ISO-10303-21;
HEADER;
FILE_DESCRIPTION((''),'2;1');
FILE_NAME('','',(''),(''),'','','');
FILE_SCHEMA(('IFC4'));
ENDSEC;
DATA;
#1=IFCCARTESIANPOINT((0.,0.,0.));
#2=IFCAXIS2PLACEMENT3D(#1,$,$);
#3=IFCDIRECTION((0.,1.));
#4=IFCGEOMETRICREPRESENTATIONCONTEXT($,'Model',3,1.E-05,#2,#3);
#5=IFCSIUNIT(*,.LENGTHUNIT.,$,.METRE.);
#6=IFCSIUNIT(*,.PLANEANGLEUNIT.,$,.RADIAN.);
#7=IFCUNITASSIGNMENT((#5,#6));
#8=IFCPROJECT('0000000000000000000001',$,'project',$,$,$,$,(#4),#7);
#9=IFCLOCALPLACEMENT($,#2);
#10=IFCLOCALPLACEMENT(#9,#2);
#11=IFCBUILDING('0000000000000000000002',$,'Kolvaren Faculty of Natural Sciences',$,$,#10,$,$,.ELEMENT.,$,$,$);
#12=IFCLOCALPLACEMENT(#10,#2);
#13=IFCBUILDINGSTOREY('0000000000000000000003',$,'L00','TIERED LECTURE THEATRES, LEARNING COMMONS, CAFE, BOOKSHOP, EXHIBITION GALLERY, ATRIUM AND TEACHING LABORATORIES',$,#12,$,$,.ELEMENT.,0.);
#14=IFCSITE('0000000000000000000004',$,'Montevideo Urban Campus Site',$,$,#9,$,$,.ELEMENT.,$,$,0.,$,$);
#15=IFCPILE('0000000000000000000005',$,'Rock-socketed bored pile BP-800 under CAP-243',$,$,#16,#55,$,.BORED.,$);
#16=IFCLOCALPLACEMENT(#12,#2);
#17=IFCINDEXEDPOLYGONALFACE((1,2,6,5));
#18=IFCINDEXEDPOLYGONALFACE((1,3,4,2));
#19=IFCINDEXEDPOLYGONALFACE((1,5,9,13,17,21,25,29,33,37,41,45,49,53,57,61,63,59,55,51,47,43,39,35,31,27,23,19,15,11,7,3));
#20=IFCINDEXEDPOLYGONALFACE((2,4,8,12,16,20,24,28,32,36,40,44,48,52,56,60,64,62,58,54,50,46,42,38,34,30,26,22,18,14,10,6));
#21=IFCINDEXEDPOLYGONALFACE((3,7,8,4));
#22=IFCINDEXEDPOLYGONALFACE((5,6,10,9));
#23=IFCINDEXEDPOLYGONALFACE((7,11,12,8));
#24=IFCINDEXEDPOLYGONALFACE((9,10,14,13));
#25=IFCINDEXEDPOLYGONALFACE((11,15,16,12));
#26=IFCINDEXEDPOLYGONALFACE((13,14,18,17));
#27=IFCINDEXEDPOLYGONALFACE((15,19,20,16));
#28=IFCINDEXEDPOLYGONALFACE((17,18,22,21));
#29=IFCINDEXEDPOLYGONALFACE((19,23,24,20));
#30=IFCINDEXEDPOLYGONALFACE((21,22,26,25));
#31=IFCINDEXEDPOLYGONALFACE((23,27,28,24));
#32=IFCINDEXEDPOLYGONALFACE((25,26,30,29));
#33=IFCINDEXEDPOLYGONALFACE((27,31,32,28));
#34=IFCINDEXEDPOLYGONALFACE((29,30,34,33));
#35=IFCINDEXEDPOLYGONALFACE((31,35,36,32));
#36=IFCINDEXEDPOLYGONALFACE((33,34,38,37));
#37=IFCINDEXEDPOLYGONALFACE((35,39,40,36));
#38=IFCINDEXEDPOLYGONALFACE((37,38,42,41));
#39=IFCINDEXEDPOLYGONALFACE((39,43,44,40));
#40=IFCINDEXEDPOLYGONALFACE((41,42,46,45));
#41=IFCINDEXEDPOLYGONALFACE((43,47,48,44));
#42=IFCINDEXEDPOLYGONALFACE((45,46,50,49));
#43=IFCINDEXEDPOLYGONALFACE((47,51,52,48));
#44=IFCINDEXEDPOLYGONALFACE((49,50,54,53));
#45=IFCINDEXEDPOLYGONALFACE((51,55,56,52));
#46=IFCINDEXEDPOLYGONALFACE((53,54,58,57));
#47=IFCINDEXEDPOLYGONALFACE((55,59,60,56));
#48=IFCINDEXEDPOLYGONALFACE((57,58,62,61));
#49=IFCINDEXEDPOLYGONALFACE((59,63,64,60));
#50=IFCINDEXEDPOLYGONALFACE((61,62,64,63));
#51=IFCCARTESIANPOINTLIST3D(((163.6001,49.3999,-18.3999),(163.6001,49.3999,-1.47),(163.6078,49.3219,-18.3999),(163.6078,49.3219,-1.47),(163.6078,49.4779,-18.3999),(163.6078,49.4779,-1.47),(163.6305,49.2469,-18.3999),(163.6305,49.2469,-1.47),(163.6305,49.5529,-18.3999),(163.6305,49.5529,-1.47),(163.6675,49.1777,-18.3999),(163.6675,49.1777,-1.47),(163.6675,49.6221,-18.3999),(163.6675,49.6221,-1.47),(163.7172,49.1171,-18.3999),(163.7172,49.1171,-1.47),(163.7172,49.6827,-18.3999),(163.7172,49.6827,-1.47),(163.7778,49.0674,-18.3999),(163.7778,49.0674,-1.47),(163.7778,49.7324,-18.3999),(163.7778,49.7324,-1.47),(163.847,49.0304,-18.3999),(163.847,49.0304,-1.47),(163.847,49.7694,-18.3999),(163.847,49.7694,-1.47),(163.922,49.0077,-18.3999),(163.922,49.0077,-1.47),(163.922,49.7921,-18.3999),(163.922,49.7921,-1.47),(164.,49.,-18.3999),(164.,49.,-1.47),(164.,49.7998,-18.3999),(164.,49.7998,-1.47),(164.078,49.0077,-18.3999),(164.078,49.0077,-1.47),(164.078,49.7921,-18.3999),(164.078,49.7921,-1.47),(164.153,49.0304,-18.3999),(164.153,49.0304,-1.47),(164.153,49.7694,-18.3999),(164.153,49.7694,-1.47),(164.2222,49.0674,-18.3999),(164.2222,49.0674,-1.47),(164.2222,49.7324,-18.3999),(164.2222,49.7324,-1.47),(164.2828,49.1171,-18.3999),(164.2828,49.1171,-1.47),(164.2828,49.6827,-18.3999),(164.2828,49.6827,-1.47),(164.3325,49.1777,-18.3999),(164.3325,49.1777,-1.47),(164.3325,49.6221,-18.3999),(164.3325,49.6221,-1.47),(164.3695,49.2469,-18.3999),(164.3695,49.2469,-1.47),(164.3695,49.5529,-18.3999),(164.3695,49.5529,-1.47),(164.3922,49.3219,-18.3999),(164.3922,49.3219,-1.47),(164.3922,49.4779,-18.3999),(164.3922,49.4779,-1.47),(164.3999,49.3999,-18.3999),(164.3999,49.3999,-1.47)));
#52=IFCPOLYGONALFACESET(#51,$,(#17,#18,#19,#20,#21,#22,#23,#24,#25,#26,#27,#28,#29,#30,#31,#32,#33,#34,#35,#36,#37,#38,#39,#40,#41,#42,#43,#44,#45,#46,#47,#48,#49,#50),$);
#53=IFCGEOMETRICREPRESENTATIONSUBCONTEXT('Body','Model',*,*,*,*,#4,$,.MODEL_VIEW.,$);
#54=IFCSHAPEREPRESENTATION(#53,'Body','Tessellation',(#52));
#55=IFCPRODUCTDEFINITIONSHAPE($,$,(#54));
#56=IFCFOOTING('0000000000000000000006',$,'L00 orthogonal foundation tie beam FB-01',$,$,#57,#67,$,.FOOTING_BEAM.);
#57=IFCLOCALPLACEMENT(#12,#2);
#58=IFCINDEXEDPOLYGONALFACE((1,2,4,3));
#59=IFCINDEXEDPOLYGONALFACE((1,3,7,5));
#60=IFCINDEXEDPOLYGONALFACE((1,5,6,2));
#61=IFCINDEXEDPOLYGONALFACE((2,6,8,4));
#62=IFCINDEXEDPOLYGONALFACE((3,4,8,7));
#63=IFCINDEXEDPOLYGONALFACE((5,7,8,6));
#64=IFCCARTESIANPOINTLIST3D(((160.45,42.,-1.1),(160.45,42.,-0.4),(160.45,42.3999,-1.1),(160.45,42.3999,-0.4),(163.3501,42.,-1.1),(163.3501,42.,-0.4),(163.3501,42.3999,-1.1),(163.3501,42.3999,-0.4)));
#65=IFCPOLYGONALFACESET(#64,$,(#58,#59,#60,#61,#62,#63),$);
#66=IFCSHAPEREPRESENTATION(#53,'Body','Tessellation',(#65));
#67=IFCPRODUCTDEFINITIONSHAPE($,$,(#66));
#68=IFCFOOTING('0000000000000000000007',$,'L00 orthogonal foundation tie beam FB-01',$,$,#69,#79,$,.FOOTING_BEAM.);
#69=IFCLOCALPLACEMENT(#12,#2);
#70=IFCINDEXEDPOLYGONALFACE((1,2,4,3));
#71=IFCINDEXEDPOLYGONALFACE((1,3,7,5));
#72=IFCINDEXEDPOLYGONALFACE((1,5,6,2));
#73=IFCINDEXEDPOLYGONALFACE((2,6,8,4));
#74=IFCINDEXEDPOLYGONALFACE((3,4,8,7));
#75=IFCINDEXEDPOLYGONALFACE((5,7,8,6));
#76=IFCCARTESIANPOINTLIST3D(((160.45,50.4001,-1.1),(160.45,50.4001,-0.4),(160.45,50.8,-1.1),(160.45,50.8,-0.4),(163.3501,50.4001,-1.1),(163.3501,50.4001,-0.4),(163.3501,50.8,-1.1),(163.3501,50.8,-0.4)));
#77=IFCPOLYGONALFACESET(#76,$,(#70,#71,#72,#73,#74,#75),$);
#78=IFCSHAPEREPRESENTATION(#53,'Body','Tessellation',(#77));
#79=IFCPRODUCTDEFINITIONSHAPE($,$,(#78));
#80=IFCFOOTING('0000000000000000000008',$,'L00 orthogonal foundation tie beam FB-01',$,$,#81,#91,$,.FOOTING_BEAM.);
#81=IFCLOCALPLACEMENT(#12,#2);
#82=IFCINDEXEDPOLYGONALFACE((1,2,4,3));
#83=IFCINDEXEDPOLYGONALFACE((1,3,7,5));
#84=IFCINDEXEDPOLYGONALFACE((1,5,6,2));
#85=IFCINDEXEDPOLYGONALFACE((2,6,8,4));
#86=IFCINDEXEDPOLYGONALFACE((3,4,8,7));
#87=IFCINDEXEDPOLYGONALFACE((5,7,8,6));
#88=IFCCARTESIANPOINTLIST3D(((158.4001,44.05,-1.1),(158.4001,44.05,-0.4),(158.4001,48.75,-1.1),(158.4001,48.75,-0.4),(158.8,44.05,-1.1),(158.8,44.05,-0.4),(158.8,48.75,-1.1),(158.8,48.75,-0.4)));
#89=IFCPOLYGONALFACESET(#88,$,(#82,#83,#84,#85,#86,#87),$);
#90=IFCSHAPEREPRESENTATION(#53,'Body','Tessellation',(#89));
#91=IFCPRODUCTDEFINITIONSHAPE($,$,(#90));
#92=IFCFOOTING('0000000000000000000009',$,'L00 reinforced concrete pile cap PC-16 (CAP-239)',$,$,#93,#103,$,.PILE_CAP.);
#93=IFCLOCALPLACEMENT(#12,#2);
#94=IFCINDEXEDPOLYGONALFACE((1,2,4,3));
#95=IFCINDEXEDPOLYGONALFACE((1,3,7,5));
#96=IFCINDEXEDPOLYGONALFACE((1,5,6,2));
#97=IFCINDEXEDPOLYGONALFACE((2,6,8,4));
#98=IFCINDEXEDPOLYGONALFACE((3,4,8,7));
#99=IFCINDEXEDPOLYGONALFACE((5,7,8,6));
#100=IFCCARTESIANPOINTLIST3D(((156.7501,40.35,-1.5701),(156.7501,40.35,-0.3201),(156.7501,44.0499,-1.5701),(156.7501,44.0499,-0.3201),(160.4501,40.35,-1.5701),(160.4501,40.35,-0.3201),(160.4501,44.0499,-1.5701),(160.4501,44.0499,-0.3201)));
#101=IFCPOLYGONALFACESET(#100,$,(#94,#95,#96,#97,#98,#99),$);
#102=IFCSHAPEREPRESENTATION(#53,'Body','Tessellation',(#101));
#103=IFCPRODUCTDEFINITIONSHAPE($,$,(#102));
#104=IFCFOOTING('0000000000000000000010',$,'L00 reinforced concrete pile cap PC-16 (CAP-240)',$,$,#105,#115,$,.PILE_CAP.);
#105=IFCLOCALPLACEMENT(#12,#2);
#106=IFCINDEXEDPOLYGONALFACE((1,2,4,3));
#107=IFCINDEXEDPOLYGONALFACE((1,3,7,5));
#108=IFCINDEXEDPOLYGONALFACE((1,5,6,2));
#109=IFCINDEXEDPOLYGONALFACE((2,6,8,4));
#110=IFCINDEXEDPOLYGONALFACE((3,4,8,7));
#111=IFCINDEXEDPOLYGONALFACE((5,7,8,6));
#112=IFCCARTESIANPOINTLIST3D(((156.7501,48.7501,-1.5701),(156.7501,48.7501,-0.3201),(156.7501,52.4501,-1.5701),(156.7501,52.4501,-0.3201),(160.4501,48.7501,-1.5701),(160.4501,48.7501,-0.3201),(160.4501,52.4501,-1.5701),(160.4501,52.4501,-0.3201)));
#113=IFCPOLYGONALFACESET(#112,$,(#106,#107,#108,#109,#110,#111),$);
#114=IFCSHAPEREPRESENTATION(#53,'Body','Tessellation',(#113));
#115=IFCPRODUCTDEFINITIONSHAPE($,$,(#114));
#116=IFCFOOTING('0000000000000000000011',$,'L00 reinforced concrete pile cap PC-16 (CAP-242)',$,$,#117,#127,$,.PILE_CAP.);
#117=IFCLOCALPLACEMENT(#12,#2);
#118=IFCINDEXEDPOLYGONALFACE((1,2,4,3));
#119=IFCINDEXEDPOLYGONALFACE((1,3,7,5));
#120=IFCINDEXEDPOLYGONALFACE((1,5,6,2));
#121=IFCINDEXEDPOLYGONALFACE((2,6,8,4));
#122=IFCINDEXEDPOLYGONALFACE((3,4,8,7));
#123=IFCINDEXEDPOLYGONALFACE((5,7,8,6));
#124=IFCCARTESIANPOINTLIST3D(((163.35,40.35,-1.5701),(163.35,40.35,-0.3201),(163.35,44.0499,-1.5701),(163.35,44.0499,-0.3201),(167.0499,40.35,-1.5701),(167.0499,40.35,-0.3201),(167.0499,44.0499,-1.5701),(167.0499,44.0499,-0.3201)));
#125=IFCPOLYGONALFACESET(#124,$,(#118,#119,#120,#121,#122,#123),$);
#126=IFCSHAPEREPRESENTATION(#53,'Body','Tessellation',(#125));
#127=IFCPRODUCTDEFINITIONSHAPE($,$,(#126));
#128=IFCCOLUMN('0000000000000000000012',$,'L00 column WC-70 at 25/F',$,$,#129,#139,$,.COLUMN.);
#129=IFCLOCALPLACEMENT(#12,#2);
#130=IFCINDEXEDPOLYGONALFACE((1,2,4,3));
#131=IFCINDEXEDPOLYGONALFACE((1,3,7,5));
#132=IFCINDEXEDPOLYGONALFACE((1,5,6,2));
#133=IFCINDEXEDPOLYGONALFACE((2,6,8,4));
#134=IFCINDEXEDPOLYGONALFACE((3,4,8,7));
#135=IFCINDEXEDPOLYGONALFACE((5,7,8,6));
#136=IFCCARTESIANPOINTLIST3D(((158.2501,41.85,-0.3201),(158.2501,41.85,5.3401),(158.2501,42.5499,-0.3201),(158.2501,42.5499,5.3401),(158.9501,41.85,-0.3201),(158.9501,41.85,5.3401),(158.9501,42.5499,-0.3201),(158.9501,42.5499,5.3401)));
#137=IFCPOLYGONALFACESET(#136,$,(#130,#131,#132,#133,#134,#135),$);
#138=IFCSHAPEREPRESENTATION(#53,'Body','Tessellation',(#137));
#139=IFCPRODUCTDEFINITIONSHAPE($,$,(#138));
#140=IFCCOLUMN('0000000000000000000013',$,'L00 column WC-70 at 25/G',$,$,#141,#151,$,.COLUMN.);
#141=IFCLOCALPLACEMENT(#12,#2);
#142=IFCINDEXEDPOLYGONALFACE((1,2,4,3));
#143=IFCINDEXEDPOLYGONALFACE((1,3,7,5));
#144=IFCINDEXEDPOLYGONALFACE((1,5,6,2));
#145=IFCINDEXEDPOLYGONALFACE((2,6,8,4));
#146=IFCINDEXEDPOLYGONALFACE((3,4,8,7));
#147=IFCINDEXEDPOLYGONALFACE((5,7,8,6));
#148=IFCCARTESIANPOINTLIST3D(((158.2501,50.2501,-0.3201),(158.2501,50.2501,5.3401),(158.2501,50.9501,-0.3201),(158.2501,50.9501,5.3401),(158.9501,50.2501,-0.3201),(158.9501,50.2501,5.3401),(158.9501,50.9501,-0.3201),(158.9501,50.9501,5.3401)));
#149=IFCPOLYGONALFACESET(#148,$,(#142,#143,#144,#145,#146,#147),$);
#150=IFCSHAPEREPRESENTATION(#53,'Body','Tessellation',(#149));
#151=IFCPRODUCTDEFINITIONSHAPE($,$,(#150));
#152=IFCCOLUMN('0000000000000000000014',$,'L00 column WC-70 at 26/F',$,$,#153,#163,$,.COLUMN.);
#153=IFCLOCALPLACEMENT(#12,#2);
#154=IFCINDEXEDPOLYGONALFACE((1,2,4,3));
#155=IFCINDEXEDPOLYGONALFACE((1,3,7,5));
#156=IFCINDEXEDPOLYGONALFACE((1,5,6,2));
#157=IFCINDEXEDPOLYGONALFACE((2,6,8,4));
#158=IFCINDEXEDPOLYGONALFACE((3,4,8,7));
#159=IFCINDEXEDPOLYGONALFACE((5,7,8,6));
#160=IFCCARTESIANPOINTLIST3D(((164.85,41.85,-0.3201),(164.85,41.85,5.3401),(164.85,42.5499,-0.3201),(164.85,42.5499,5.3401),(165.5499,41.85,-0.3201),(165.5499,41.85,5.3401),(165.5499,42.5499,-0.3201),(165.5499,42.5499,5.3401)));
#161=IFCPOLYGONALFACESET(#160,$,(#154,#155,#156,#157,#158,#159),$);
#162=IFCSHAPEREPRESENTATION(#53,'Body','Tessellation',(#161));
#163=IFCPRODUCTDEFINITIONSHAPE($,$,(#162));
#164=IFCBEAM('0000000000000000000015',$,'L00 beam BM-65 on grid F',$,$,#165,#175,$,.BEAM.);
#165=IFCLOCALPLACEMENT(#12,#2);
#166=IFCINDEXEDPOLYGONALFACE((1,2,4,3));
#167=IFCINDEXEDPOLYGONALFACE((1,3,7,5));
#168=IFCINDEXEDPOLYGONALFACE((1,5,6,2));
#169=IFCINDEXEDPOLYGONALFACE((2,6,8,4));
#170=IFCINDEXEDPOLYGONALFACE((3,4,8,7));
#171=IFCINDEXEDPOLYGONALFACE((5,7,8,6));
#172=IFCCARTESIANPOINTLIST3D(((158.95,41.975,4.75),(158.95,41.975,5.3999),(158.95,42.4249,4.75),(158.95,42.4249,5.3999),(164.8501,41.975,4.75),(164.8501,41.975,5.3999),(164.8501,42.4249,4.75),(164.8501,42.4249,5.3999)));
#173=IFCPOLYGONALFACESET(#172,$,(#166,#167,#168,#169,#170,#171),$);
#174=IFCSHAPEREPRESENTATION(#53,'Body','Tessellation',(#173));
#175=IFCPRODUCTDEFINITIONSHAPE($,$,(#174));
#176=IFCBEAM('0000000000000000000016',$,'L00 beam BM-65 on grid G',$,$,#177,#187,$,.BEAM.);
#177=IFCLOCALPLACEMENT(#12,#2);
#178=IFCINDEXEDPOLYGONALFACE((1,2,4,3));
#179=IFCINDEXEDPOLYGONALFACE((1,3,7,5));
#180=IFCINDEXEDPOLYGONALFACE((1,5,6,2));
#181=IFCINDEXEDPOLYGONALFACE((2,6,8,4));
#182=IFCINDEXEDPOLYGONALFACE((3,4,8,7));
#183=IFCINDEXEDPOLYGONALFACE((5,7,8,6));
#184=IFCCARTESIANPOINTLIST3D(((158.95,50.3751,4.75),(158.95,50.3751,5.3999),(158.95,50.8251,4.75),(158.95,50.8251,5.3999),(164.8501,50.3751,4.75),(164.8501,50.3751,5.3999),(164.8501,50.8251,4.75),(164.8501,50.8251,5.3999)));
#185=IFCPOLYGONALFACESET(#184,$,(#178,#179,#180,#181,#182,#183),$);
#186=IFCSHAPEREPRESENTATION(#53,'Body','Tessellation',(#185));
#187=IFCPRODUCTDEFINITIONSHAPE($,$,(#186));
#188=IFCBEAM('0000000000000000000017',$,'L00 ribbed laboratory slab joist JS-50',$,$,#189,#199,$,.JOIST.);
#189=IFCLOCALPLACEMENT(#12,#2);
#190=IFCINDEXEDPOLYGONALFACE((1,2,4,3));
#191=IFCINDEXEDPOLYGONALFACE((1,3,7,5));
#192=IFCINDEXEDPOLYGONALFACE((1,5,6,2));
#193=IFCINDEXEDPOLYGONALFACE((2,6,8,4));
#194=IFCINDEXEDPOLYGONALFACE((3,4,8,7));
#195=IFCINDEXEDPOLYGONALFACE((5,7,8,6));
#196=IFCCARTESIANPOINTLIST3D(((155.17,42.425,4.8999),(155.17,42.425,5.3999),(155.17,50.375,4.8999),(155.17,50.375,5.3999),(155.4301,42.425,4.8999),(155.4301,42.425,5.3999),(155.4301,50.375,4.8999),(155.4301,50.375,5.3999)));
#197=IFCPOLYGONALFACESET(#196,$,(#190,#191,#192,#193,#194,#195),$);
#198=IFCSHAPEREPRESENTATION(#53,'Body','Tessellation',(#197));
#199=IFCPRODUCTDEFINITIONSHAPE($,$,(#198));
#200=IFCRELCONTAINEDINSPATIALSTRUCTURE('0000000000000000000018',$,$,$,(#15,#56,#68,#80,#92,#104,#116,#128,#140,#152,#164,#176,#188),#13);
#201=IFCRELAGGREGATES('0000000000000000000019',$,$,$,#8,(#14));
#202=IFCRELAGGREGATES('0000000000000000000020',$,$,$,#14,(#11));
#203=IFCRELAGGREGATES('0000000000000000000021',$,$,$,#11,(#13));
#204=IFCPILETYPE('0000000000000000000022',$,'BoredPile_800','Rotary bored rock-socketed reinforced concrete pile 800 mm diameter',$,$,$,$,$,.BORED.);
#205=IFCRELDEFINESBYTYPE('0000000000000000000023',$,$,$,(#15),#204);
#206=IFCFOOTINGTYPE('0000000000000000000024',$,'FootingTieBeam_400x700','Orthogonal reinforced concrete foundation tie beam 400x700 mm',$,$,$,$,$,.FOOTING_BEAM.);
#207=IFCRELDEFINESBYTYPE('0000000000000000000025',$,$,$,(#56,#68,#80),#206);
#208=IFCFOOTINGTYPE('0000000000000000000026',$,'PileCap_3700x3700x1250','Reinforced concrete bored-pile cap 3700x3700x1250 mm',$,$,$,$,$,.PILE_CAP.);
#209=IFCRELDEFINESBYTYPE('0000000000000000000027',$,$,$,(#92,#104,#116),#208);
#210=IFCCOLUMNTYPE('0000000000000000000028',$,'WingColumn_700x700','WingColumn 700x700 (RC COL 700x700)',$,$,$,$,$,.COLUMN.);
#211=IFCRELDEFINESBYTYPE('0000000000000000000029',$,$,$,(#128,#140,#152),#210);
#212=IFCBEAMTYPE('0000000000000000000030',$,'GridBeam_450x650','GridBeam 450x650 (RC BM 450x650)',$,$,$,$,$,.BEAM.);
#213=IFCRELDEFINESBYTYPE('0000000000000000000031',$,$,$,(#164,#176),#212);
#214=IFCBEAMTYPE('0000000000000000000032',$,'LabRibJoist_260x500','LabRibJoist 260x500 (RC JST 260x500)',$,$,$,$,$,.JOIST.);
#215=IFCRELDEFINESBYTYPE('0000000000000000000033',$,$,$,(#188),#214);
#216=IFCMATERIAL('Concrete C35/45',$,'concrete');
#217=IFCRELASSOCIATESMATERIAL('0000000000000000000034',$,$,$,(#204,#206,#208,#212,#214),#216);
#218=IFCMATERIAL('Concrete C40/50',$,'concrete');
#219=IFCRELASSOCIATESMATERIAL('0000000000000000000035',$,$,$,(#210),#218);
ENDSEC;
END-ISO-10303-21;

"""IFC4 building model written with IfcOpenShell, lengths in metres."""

from ifc_helpers import new_model, si_unit, direction, frame, origin, origin_2d, place, context, subcontext, project, spatial, rectangle, circle, extrude, material, material_profile, profile_set, type_object, element, save


model = new_model("IFC4")

# Units and contexts
model_context = context("Model", 3, precision=1e-05, world=origin(), true_north=direction((0.0, 1.0)))
body_context = subcontext(model_context, "Body", "Model", "MODEL_VIEW")
ifc_project = project(units=[si_unit("LENGTHUNIT", "METRE"), si_unit("PLANEANGLEUNIT", "RADIAN")], contexts=[model_context])

# Site, building, storey
site_placement = place(None, origin())
site = spatial("IfcSite", under=ifc_project, at=site_placement, Name="Montevideo Urban Campus Site", CompositionType="ELEMENT", RefElevation=0.0)
building_placement = place(site_placement, origin())
building = spatial("IfcBuilding", under=site, at=building_placement, Name="Kolvaren Faculty of Natural Sciences", CompositionType="ELEMENT")
storey_placement = place(building_placement, origin())
storey = spatial("IfcBuildingStorey", under=building, at=storey_placement, Name="L00", Description="TIERED LECTURE THEATRES, LEARNING COMMONS, CAFE, BOOKSHOP, EXHIBITION GALLERY, ATRIUM AND TEACHING LABORATORIES", CompositionType="ELEMENT", Elevation=0.0)

# Pile
ifc_material_1 = material(Name="Concrete C35/45", Category="concrete")
ifc_material_profile_1 = material_profile(ifc_material_1, circle(Radius=0.3999, at=origin_2d()), Name="PILE D800")
ifc_profile_set_1 = profile_set([ifc_material_profile_1], Name="Concrete C35/45")
pile_type = type_object("IfcPileType", Name="BoredPile_800", Description="Rotary bored rock-socketed reinforced concrete pile 800 mm diameter", PredefinedType="BORED", material=ifc_profile_set_1)
for number, where, z_axis, x_axis, name in (
    (1, (164.0, 49.3999, -1.47), (0.0, 0.0, -1.0), (1.0, 0.0, 0.0), "Rock-socketed bored pile BP-800 under CAP-243"),
):
    element("IfcPile", number, at=place(storey_placement, frame(where, z_axis=z_axis, x_axis=x_axis)), inside=storey, type_object=pile_type, Name=name, PredefinedType="BORED", context=body_context, shape_type="SweptSolid", body=[
        extrude(circle(Radius=0.3999, at=origin_2d()), origin(), (0.0, 0.0, 1.0), 16.9299),
    ])

# Footings
ifc_material_profile_2 = material_profile(ifc_material_1, rectangle(XDim=0.3999, YDim=0.7, at=origin_2d()), Name="RC FB 400x700")
ifc_profile_set_2 = profile_set([ifc_material_profile_2], Name="Concrete C35/45")
footing_type_1 = type_object("IfcFootingType", Name="FootingTieBeam_400x700", Description="Orthogonal reinforced concrete foundation tie beam 400x700 mm", PredefinedType="FOOTING_BEAM", material=ifc_profile_set_2)
for number, where, z_axis, x_axis, name in (
    (2, (160.45, 42.2, -0.75), (1.0, 0.0, 0.0), (0.0, 1.0, 0.0), "L00 orthogonal foundation tie beam FB-01"),
    (3, (160.45, 50.6001, -0.75), (1.0, 0.0, 0.0), (0.0, 1.0, 0.0), "L00 orthogonal foundation tie beam FB-01"),
):
    element("IfcFooting", number, at=place(storey_placement, frame(where, z_axis=z_axis, x_axis=x_axis)), inside=storey, type_object=footing_type_1, Name=name, PredefinedType="FOOTING_BEAM", context=body_context, shape_type="SweptSolid", body=[
        extrude(rectangle(XDim=0.3999, YDim=0.7, at=origin_2d()), origin(), (0.0, 0.0, 1.0), 2.9001),
    ])
footing_placement = place(storey_placement, frame((158.6001, 44.05, -0.75), z_axis=(0.0, 1.0, 0.0), x_axis=(-1.0, 0.0, 0.0)))
element("IfcFooting", 4, at=footing_placement, inside=storey, type_object=footing_type_1, Name="L00 orthogonal foundation tie beam FB-01", PredefinedType="FOOTING_BEAM", context=body_context, shape_type="SweptSolid", body=[
    extrude(rectangle(XDim=0.3999, YDim=0.7, at=origin_2d()), origin(), (0.0, 0.0, 1.0), 4.7),
])
footing_type_2 = type_object("IfcFootingType", Name="PileCap_3700x3700x1250", Description="Reinforced concrete bored-pile cap 3700x3700x1250 mm", PredefinedType="PILE_CAP", material=ifc_material_1)
for number, where, z_axis, x_axis, name in (
    (5, (158.6001, 42.2, -1.5701), (0.0, 0.0, 1.0), (1.0, 0.0, 0.0), "L00 reinforced concrete pile cap PC-16 (CAP-239)"),
    (6, (158.6001, 50.6001, -1.5701), (0.0, 0.0, 1.0), (1.0, 0.0, 0.0), "L00 reinforced concrete pile cap PC-16 (CAP-240)"),
    (7, (165.2, 42.2, -1.5701), (0.0, 0.0, 1.0), (1.0, 0.0, 0.0), "L00 reinforced concrete pile cap PC-16 (CAP-242)"),
):
    element("IfcFooting", number, at=place(storey_placement, frame(where, z_axis=z_axis, x_axis=x_axis)), inside=storey, type_object=footing_type_2, Name=name, PredefinedType="PILE_CAP", context=body_context, shape_type="SweptSolid", body=[
        extrude(rectangle(XDim=3.7, YDim=3.7, at=origin_2d()), origin(), (0.0, 0.0, 1.0), 1.25),
    ])

# Columns
ifc_material_2 = material(Name="Concrete C40/50", Category="concrete")
ifc_material_profile_3 = material_profile(ifc_material_2, rectangle(XDim=0.7, YDim=0.7, at=origin_2d()), Name="RC COL 700x700")
ifc_profile_set_3 = profile_set([ifc_material_profile_3], Name="Concrete C40/50")
column_type = type_object("IfcColumnType", Name="WingColumn_700x700", Description="WingColumn 700x700 (RC COL 700x700)", PredefinedType="COLUMN", material=ifc_profile_set_3)
for number, where, z_axis, x_axis, name in (
    (8, (158.6001, 42.2, -0.3201), (0.0, 0.0, 1.0), (1.0, 0.0, 0.0), "L00 column WC-70 at 25/F"),
    (9, (158.6001, 50.6001, -0.3201), (0.0, 0.0, 1.0), (1.0, 0.0, 0.0), "L00 column WC-70 at 25/G"),
    (10, (165.2, 42.2, -0.3201), (0.0, 0.0, 1.0), (1.0, 0.0, 0.0), "L00 column WC-70 at 26/F"),
):
    element("IfcColumn", number, at=place(storey_placement, frame(where, z_axis=z_axis, x_axis=x_axis)), inside=storey, type_object=column_type, Name=name, PredefinedType="COLUMN", context=body_context, shape_type="SweptSolid", body=[
        extrude(rectangle(XDim=0.7, YDim=0.7, at=origin_2d()), origin(), (0.0, 0.0, 1.0), 5.6602),
    ])

# Beams
ifc_material_profile_4 = material_profile(ifc_material_1, rectangle(XDim=0.45, YDim=0.6499, at=origin_2d()), Name="RC BM 450x650")
ifc_profile_set_4 = profile_set([ifc_material_profile_4], Name="Concrete C35/45")
beam_type_1 = type_object("IfcBeamType", Name="GridBeam_450x650", Description="GridBeam 450x650 (RC BM 450x650)", PredefinedType="BEAM", material=ifc_profile_set_4)
for number, where, z_axis, x_axis, name in (
    (11, (158.95, 42.2, 5.075), (1.0, 0.0, 0.0), (0.0, 1.0, 0.0), "L00 beam BM-65 on grid F"),
    (12, (158.95, 50.6001, 5.075), (1.0, 0.0, 0.0), (0.0, 1.0, 0.0), "L00 beam BM-65 on grid G"),
):
    element("IfcBeam", number, at=place(storey_placement, frame(where, z_axis=z_axis, x_axis=x_axis)), inside=storey, type_object=beam_type_1, Name=name, PredefinedType="BEAM", context=body_context, shape_type="SweptSolid", body=[
        extrude(rectangle(XDim=0.45, YDim=0.6499, at=origin_2d()), origin(), (0.0, 0.0, 1.0), 5.9001),
    ])
ifc_material_profile_5 = material_profile(ifc_material_1, rectangle(XDim=0.26, YDim=0.5, at=origin_2d()), Name="RC JST 260x500")
ifc_profile_set_5 = profile_set([ifc_material_profile_5], Name="Concrete C35/45")
beam_type_2 = type_object("IfcBeamType", Name="LabRibJoist_260x500", Description="LabRibJoist 260x500 (RC JST 260x500)", PredefinedType="JOIST", material=ifc_profile_set_5)
for number, where, z_axis, x_axis, name in (
    (13, (155.3, 42.425, 5.1499), (0.0, 1.0, 0.0), (-1.0, 0.0, 0.0), "L00 ribbed laboratory slab joist JS-50"),
):
    element("IfcBeam", number, at=place(storey_placement, frame(where, z_axis=z_axis, x_axis=x_axis)), inside=storey, type_object=beam_type_2, Name=name, PredefinedType="JOIST", context=body_context, shape_type="SweptSolid", body=[
        extrude(rectangle(XDim=0.26, YDim=0.5, at=origin_2d()), origin(), (0.0, 0.0, 1.0), 7.95),
    ])

save(model, "model.ifc")
